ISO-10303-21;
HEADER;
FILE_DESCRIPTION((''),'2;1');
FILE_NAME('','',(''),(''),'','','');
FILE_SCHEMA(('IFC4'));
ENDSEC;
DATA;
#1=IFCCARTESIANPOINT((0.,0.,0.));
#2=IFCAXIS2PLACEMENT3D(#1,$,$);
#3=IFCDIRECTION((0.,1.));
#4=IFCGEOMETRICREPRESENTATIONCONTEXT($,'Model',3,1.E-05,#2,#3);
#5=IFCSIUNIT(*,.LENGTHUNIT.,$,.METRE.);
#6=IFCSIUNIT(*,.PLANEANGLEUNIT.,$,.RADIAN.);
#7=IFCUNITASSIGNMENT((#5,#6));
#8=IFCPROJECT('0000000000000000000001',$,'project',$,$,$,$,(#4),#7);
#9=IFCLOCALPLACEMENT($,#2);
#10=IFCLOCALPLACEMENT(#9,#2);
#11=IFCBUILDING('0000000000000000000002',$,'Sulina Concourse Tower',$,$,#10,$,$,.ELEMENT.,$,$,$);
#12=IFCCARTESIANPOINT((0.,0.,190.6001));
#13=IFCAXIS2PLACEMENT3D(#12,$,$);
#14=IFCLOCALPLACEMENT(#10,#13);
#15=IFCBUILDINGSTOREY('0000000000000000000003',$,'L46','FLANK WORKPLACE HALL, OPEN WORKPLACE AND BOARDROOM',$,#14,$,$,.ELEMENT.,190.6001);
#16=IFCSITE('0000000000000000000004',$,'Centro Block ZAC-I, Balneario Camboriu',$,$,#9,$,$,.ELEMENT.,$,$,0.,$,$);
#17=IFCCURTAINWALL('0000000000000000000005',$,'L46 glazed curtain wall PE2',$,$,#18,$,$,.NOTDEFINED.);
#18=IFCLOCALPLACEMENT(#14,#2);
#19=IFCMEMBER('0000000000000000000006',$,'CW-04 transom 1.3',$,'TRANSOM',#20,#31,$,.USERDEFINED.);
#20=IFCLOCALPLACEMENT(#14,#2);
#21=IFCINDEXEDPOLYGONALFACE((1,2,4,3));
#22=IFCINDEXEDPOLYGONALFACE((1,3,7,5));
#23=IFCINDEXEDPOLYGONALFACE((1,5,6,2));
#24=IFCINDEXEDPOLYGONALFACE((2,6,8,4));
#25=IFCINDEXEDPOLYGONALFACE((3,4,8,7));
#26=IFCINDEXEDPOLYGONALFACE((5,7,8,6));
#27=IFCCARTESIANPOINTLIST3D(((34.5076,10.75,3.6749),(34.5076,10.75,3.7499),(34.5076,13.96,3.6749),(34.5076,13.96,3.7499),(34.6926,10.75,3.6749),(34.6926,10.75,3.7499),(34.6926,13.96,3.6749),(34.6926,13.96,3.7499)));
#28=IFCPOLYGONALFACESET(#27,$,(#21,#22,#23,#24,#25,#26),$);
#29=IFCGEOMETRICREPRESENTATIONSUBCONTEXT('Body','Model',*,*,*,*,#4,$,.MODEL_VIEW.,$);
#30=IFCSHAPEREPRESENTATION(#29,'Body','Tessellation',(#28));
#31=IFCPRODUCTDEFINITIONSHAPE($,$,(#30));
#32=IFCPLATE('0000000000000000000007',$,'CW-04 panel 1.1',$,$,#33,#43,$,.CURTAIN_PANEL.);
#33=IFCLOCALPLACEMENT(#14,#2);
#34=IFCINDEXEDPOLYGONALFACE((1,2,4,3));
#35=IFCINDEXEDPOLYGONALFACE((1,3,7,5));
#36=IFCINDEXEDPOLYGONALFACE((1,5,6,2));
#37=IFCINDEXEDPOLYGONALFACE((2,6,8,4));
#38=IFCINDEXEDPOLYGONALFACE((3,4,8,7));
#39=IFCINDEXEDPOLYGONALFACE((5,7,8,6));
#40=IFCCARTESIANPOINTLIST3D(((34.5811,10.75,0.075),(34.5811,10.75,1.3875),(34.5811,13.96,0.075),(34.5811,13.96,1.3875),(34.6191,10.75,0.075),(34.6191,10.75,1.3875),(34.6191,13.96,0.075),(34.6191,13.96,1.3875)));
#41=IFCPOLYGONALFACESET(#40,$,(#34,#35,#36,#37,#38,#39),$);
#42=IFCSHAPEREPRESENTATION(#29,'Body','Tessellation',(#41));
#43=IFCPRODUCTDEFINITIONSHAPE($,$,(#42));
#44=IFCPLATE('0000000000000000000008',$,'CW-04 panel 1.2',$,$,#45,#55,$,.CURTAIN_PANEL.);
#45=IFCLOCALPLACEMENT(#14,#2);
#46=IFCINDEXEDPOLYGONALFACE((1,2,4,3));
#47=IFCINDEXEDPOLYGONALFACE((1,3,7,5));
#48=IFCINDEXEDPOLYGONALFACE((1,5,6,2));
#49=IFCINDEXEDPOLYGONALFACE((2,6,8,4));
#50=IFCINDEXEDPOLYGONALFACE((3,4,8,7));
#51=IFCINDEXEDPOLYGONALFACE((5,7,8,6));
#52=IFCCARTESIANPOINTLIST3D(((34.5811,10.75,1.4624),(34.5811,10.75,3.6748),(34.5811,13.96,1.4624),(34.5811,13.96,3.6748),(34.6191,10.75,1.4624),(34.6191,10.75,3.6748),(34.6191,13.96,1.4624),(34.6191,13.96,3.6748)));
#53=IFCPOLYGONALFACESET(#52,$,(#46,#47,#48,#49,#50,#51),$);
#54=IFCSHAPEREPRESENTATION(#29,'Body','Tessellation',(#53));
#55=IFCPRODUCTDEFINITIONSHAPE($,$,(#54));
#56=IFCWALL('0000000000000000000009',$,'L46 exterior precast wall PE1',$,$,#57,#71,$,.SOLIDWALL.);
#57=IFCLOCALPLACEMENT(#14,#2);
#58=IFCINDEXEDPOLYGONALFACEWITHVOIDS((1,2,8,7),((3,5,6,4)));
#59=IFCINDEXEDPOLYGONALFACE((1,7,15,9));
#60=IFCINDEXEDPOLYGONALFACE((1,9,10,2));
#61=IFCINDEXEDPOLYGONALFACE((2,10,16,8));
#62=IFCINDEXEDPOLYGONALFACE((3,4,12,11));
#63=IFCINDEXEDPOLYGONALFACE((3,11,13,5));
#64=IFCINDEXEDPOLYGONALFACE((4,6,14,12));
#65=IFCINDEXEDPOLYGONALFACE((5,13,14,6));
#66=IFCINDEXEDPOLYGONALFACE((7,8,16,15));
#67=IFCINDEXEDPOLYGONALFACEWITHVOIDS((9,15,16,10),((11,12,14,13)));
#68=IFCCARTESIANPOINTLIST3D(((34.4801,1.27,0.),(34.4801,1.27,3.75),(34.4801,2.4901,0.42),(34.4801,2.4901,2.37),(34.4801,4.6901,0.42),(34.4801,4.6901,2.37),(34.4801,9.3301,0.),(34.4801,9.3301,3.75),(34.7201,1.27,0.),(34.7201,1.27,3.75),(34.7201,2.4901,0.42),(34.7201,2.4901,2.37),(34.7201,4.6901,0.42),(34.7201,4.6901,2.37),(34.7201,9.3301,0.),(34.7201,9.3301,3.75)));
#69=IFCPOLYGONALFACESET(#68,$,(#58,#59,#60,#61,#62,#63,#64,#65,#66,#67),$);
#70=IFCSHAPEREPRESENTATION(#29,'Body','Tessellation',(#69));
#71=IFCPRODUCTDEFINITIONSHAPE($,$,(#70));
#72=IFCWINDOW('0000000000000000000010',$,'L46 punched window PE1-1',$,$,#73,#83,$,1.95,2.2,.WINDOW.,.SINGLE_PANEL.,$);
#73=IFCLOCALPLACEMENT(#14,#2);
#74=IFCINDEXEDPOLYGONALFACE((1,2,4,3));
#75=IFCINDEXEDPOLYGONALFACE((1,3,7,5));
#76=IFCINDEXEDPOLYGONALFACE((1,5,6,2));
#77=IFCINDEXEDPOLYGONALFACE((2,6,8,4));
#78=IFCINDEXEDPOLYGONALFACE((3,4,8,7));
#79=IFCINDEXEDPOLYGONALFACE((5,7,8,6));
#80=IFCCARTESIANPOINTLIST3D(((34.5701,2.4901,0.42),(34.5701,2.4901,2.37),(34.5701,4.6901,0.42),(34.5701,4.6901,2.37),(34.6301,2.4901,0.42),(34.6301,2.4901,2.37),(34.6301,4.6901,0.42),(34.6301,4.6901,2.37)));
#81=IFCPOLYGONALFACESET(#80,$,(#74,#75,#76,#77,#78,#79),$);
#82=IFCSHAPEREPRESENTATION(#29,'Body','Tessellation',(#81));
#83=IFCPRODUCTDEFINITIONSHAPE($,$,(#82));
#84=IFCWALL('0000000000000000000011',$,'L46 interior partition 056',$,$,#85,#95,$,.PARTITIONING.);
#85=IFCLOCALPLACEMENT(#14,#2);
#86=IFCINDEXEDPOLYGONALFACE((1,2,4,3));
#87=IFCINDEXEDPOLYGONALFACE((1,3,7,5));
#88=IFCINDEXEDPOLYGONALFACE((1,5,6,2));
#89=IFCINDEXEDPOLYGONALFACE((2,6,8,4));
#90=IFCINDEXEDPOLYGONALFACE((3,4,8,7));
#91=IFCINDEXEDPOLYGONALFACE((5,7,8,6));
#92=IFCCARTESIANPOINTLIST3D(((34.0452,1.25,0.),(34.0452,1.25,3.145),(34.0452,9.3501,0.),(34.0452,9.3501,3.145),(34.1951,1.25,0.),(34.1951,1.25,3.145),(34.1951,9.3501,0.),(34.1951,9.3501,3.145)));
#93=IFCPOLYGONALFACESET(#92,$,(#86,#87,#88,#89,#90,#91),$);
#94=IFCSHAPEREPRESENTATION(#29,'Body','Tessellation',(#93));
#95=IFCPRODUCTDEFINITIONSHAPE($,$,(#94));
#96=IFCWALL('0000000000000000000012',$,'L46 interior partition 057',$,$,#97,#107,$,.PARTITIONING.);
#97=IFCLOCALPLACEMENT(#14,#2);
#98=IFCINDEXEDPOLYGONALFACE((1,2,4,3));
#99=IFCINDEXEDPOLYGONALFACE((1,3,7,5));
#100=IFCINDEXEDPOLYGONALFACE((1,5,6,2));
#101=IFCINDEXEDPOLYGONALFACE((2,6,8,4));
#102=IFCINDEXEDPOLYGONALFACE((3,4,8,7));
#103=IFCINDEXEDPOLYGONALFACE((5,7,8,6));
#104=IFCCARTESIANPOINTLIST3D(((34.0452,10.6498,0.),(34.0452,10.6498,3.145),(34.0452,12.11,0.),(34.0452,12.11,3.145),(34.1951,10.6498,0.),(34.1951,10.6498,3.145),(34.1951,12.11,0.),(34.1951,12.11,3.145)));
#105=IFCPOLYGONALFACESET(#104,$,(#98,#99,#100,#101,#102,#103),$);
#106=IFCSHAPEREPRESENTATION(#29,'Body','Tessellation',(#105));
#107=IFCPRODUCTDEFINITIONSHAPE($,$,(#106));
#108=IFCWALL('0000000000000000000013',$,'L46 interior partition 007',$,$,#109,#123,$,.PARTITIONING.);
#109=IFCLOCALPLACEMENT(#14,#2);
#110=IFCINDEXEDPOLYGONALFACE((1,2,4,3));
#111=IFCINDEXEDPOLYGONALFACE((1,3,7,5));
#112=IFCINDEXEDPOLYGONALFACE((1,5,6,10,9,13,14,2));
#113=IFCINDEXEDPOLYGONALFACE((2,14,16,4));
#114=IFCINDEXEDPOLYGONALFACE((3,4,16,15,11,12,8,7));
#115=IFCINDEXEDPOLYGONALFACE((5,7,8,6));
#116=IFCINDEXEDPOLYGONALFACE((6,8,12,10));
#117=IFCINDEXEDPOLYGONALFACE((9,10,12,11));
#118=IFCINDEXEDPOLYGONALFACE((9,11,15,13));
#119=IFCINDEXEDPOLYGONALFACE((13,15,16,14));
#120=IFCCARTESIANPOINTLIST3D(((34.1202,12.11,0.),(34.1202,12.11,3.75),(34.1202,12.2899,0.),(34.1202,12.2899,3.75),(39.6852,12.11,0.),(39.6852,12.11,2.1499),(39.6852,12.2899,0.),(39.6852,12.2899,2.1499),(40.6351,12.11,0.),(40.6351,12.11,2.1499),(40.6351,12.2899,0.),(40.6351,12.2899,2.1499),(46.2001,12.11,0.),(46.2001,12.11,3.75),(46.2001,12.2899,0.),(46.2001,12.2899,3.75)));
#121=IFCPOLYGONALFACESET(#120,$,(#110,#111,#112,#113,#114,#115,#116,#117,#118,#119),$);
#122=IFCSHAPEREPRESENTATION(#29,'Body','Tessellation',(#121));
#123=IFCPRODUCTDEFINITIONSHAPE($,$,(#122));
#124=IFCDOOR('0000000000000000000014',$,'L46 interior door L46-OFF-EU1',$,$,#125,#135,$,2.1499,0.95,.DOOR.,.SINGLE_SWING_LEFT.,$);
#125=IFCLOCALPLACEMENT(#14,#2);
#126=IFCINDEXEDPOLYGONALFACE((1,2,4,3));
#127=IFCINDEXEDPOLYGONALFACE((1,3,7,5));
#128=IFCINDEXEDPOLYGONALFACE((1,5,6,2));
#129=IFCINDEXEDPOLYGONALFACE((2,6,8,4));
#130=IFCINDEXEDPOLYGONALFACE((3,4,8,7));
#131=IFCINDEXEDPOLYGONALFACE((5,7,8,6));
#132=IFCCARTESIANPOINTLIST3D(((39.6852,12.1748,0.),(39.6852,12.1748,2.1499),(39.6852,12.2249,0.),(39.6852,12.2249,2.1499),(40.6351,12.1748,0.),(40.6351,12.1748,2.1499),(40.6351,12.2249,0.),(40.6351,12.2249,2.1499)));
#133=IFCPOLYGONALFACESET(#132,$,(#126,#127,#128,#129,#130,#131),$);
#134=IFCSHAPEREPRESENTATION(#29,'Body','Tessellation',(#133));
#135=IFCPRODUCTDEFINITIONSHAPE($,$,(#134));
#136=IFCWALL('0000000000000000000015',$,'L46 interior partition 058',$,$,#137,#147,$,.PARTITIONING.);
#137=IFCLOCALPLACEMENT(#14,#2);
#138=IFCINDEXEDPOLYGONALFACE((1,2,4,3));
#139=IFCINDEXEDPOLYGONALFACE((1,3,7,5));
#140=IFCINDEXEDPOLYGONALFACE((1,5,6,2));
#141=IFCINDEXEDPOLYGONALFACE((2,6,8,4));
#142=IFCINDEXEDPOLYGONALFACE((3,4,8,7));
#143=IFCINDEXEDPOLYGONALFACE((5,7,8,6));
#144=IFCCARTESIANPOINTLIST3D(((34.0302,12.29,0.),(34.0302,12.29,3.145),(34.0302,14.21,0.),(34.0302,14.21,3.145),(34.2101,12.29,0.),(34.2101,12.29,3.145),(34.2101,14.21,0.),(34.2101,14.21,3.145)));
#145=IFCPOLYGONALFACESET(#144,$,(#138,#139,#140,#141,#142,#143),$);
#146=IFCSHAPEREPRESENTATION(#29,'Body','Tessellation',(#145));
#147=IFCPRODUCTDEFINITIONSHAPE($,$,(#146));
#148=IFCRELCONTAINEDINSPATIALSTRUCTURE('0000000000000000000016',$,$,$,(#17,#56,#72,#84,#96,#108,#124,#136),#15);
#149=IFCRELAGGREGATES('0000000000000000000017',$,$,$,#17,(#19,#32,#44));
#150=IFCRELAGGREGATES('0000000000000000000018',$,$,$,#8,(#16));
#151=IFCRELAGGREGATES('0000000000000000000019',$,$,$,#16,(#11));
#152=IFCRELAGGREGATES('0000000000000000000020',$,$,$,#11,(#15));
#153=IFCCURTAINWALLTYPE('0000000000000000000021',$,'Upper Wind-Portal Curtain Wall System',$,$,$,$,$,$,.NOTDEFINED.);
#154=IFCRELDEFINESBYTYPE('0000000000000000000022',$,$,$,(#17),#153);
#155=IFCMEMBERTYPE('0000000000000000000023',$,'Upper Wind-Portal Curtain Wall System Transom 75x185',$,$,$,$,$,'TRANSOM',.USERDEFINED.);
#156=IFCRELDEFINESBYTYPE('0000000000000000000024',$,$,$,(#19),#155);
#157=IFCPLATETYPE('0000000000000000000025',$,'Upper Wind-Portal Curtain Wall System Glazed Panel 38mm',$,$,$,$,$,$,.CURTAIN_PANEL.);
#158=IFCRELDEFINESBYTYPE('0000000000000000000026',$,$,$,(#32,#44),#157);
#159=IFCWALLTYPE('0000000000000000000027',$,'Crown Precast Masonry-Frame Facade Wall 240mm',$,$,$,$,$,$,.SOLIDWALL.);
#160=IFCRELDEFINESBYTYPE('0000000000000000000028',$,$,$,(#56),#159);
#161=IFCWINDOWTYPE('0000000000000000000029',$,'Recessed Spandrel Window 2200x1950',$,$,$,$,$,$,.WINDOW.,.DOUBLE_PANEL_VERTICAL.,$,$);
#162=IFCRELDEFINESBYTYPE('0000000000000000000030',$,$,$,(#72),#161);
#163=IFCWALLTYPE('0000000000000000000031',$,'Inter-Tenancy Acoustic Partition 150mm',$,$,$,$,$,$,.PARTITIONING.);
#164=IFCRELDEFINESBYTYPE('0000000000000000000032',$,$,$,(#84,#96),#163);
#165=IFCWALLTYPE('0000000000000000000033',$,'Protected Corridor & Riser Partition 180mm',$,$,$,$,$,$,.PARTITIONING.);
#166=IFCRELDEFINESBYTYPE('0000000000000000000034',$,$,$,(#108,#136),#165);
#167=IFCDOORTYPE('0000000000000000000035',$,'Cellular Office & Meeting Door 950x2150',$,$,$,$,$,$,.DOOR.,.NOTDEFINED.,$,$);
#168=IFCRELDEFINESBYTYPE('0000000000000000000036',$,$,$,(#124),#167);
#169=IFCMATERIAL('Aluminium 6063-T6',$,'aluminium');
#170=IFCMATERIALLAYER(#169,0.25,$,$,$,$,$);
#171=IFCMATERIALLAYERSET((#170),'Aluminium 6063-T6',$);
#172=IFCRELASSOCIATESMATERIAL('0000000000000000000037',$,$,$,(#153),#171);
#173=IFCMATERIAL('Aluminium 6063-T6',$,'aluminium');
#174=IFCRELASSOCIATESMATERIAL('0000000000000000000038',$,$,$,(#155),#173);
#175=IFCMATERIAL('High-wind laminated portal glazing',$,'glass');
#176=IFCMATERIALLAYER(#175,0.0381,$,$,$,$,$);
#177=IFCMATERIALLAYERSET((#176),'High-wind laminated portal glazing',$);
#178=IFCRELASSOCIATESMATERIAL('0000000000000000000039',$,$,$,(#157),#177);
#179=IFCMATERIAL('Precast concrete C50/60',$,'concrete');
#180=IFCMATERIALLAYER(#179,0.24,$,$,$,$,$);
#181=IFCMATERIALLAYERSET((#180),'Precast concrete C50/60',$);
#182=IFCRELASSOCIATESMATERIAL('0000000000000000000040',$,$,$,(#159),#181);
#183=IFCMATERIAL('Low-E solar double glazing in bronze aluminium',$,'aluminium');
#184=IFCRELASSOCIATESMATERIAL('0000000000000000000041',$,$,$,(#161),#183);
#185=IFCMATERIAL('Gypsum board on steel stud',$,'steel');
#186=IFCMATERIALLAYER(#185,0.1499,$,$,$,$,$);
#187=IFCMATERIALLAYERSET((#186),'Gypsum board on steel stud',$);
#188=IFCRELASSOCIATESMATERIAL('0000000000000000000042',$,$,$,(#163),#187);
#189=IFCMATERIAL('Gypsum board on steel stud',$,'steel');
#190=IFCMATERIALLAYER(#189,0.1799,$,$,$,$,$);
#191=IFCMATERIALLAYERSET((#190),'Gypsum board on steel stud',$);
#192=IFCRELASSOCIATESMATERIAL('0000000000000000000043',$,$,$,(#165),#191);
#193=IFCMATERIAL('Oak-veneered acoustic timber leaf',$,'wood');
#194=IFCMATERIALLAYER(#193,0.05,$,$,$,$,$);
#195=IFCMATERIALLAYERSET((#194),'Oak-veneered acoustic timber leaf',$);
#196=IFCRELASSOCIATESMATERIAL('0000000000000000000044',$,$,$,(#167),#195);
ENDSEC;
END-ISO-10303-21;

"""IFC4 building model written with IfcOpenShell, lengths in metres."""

from ifc_helpers import new_model, si_unit, direction, frame, frame_2d, origin, origin_2d, place, context, subcontext, project, spatial, rectangle, extrude, material, layer, layer_set, material_profile, profile_set, type_object, element, fill, aggregate, save


model = new_model("IFC4")

# Units and contexts
model_context = context("Model", 3, precision=1e-05, world=origin(), true_north=direction((0.0, 1.0)))
body_context = subcontext(model_context, "Body", "Model", "MODEL_VIEW")
ifc_project = project(units=[si_unit("LENGTHUNIT", "METRE"), si_unit("PLANEANGLEUNIT", "RADIAN")], contexts=[model_context])

# Site, building, storey
site_placement = place(None, origin())
site = spatial("IfcSite", under=ifc_project, at=site_placement, Name="Centro Block ZAC-I, Balneario Camboriu", CompositionType="ELEMENT", RefElevation=0.0)
building_placement = place(site_placement, origin())
building = spatial("IfcBuilding", under=site, at=building_placement, Name="Sulina Concourse Tower", CompositionType="ELEMENT")
storey_placement = place(building_placement, frame((0.0, 0.0, 190.6001)))
storey = spatial("IfcBuildingStorey", under=building, at=storey_placement, Name="L46", Description="FLANK WORKPLACE HALL, OPEN WORKPLACE AND BOARDROOM", CompositionType="ELEMENT", Elevation=190.6001)

# Curtain wall, member, plates
ifc_material_1 = material(Name="Aluminium 6063-T6", Category="aluminium")
ifc_layer_1 = layer(ifc_material_1, 0.25)
ifc_layer_set_1 = layer_set([ifc_layer_1], Name="Aluminium 6063-T6")
curtain_wall_type = type_object("IfcCurtainWallType", Name="Upper Wind-Portal Curtain Wall System", PredefinedType="NOTDEFINED", material=ifc_layer_set_1)
curtain_wall_placement = place(storey_placement, origin())
curtain_wall = element("IfcCurtainWall", 1, at=curtain_wall_placement, inside=storey, type_object=curtain_wall_type, Name="L46 glazed curtain wall PE2", PredefinedType="NOTDEFINED")
ifc_material_2 = material(Name="Aluminium 6063-T6", Category="aluminium")
ifc_material_profile_1 = material_profile(ifc_material_2, rectangle(XDim=0.1851, YDim=0.075, at=origin_2d()), Name="TRN 75x185")
ifc_profile_set_1 = profile_set([ifc_material_profile_1], Name="Aluminium 6063-T6")
member_type_1 = type_object("IfcMemberType", Name="Upper Wind-Portal Curtain Wall System Transom 75x185", ElementType="TRANSOM", PredefinedType="USERDEFINED", material=ifc_profile_set_1)
member_1_placement = place(storey_placement, frame((34.6001, 10.75, 3.7124), z_axis=(0.0, 1.0, 0.0), x_axis=(-1.0, 0.0, 0.0)))
member_1 = element("IfcMember", 2, at=member_1_placement, type_object=member_type_1, Name="CW-04 transom 1.3", ObjectType="TRANSOM", PredefinedType="USERDEFINED", context=body_context, shape_type="SweptSolid", body=[
    extrude(rectangle(XDim=0.1851, YDim=0.075, at=origin_2d()), origin(), (0.0, 0.0, 1.0), 3.21),
])
ifc_material_3 = material(Name="High-wind laminated portal glazing", Category="glass")
ifc_layer_2 = layer(ifc_material_3, 0.0381)
ifc_layer_set_2 = layer_set([ifc_layer_2], Name="High-wind laminated portal glazing")
plate_type = type_object("IfcPlateType", Name="Upper Wind-Portal Curtain Wall System Glazed Panel 38mm", PredefinedType="CURTAIN_PANEL", material=ifc_layer_set_2)
plate_1_placement = place(storey_placement, frame((34.6001, 12.355, 0.075), z_axis=(0.0, 0.0, 1.0), x_axis=(0.0, 1.0, 0.0)))
plate_1 = element("IfcPlate", 3, at=plate_1_placement, type_object=plate_type, Name="CW-04 panel 1.1", PredefinedType="CURTAIN_PANEL", context=body_context, shape_type="SweptSolid", body=[
    extrude(rectangle(XDim=3.21, YDim=0.0381, at=origin_2d()), origin(), (0.0, 0.0, 1.0), 1.3125),
])
plate_2_placement = place(storey_placement, frame((34.6001, 12.355, 1.4624), z_axis=(0.0, 0.0, 1.0), x_axis=(0.0, 1.0, 0.0)))
plate_2 = element("IfcPlate", 4, at=plate_2_placement, type_object=plate_type, Name="CW-04 panel 1.2", PredefinedType="CURTAIN_PANEL", context=body_context, shape_type="SweptSolid", body=[
    extrude(rectangle(XDim=3.21, YDim=0.0381, at=origin_2d()), origin(), (0.0, 0.0, 1.0), 2.2124),
])
aggregate(curtain_wall, [member_1, plate_1, plate_2])

# Wall, opening, window
ifc_material_4 = material(Name="Precast concrete C50/60", Category="concrete")
ifc_layer_3 = layer(ifc_material_4, 0.24)
ifc_layer_set_3 = layer_set([ifc_layer_3], Name="Precast concrete C50/60")
wall_type_1 = type_object("IfcWallType", Name="Crown Precast Masonry-Frame Facade Wall 240mm", PredefinedType="SOLIDWALL", material=ifc_layer_set_3)
wall_1_placement = place(storey_placement, frame((34.6001, 1.27, 0.0), z_axis=(0.0, 0.0, 1.0), x_axis=(0.0, 1.0, 0.0)))
wall_1 = element("IfcWall", 5, at=wall_1_placement, inside=storey, type_object=wall_type_1, Name="L46 exterior precast wall PE1", PredefinedType="SOLIDWALL", context=body_context, shape_type="SweptSolid", body=[
    extrude(rectangle(XDim=8.0601, YDim=0.24, at=frame_2d((4.03, 0.0))), origin(), (0.0, 0.0, 1.0), 3.75),
])
opening_1_placement = place(wall_1_placement, frame((1.22, 0.0, 0.4199)))
opening_1 = element("IfcOpeningElement", 6, at=opening_1_placement, cuts=wall_1, PredefinedType="OPENING", context=body_context, shape_type="SweptSolid", body=[
    extrude(rectangle(XDim=2.2, YDim=1.95, at=frame_2d((1.1001, 0.9751))), frame((0.0, 0.1299, 0.0), z_axis=(0.0, -1.0, 0.0), x_axis=(1.0, 0.0, 0.0)), (0.0, 0.0, 1.0), 0.26),
])
ifc_material_5 = material(Name="Low-E solar double glazing in bronze aluminium", Category="aluminium")
window_type = type_object("IfcWindowType", Name="Recessed Spandrel Window 2200x1950", PartitioningType="DOUBLE_PANEL_VERTICAL", PredefinedType="WINDOW", material=ifc_material_5)
window_placement = place(opening_1_placement, origin())
window = element("IfcWindow", 7, at=window_placement, inside=storey, type_object=window_type, Name="L46 punched window PE1-1", OverallHeight=1.95, OverallWidth=2.2, PartitioningType="SINGLE_PANEL", PredefinedType="WINDOW", context=body_context, shape_type="SweptSolid", body=[
    extrude(rectangle(XDim=2.2, YDim=1.95, at=frame_2d((1.1001, 0.9751))), frame((0.0, 0.03, 0.0), z_axis=(0.0, -1.0, 0.0), x_axis=(1.0, 0.0, 0.0)), (0.0, 0.0, 1.0), 0.0601),
])
fill(opening_1, window)

# Walls
ifc_material_6 = material(Name="Gypsum board on steel stud", Category="steel")
ifc_layer_4 = layer(ifc_material_6, 0.1499)
ifc_layer_set_4 = layer_set([ifc_layer_4], Name="Gypsum board on steel stud")
wall_type_2 = type_object("IfcWallType", Name="Inter-Tenancy Acoustic Partition 150mm", PredefinedType="PARTITIONING", material=ifc_layer_set_4)
wall_2_placement = place(storey_placement, frame((34.1201, 1.25, 0.0), z_axis=(0.0, 0.0, 1.0), x_axis=(0.0, 1.0, 0.0)))
element("IfcWall", 8, at=wall_2_placement, inside=storey, type_object=wall_type_2, Name="L46 interior partition 056", PredefinedType="PARTITIONING", context=body_context, shape_type="SweptSolid", body=[
    extrude(rectangle(XDim=8.1001, YDim=0.1499, at=frame_2d((4.05, 0.0))), origin(), (0.0, 0.0, 1.0), 3.145),
])
wall_3_placement = place(storey_placement, frame((34.1201, 10.6499, 0.0), z_axis=(0.0, 0.0, 1.0), x_axis=(0.0, 1.0, 0.0)))
element("IfcWall", 9, at=wall_3_placement, inside=storey, type_object=wall_type_2, Name="L46 interior partition 057", PredefinedType="PARTITIONING", context=body_context, shape_type="SweptSolid", body=[
    extrude(rectangle(XDim=1.4602, YDim=0.1499, at=frame_2d((0.73, 0.0))), origin(), (0.0, 0.0, 1.0), 3.145),
])

# Wall, opening, door
ifc_material_7 = material(Name="Gypsum board on steel stud", Category="steel")
ifc_layer_5 = layer(ifc_material_7, 0.1799)
ifc_layer_set_5 = layer_set([ifc_layer_5], Name="Gypsum board on steel stud")
wall_type_3 = type_object("IfcWallType", Name="Protected Corridor & Riser Partition 180mm", PredefinedType="PARTITIONING", material=ifc_layer_set_5)
wall_4_placement = place(storey_placement, frame((34.1201, 12.2, 0.0), z_axis=(0.0, 0.0, 1.0), x_axis=(1.0, 0.0, 0.0)))
wall_4 = element("IfcWall", 10, at=wall_4_placement, inside=storey, type_object=wall_type_3, Name="L46 interior partition 007", PredefinedType="PARTITIONING", context=body_context, shape_type="SweptSolid", body=[
    extrude(rectangle(XDim=12.0798, YDim=0.1799, at=frame_2d((6.04, 0.0))), origin(), (0.0, 0.0, 1.0), 3.75),
])
opening_2_placement = place(wall_4_placement, frame((5.5649, 0.0, 0.0)))
opening_2 = element("IfcOpeningElement", 11, at=opening_2_placement, cuts=wall_4, PredefinedType="OPENING", context=body_context, shape_type="SweptSolid", body=[
    extrude(rectangle(XDim=0.95, YDim=2.1499, at=frame_2d((0.4751, 1.075))), frame((0.0, 0.0999, 0.0), z_axis=(0.0, -1.0, 0.0), x_axis=(1.0, 0.0, 0.0)), (0.0, 0.0, 1.0), 0.2),
])
ifc_material_8 = material(Name="Oak-veneered acoustic timber leaf", Category="wood")
ifc_layer_6 = layer(ifc_material_8, 0.05)
ifc_layer_set_6 = layer_set([ifc_layer_6], Name="Oak-veneered acoustic timber leaf")
door_type = type_object("IfcDoorType", Name="Cellular Office & Meeting Door 950x2150", OperationType="NOTDEFINED", PredefinedType="DOOR", material=ifc_layer_set_6)
door_placement = place(opening_2_placement, origin())
door = element("IfcDoor", 12, at=door_placement, inside=storey, type_object=door_type, Name="L46 interior door L46-OFF-EU1", OperationType="SINGLE_SWING_LEFT", OverallHeight=2.1499, OverallWidth=0.95, PredefinedType="DOOR", context=body_context, shape_type="SweptSolid", body=[
    extrude(rectangle(XDim=0.95, YDim=2.1499, at=frame_2d((0.4751, 1.075))), frame((0.0, 0.0249, 0.0), z_axis=(0.0, -1.0, 0.0), x_axis=(1.0, 0.0, 0.0)), (0.0, 0.0, 1.0), 0.05),
])
fill(opening_2, door)

# Wall
wall_5_placement = place(storey_placement, frame((34.1201, 12.29, 0.0), z_axis=(0.0, 0.0, 1.0), x_axis=(0.0, 1.0, 0.0)))
element("IfcWall", 13, at=wall_5_placement, inside=storey, type_object=wall_type_3, Name="L46 interior partition 058", PredefinedType="PARTITIONING", context=body_context, shape_type="SweptSolid", body=[
    extrude(rectangle(XDim=1.9199, YDim=0.1799, at=frame_2d((0.96, 0.0))), origin(), (0.0, 0.0, 1.0), 3.145),
])

save(model, "model.ifc")
